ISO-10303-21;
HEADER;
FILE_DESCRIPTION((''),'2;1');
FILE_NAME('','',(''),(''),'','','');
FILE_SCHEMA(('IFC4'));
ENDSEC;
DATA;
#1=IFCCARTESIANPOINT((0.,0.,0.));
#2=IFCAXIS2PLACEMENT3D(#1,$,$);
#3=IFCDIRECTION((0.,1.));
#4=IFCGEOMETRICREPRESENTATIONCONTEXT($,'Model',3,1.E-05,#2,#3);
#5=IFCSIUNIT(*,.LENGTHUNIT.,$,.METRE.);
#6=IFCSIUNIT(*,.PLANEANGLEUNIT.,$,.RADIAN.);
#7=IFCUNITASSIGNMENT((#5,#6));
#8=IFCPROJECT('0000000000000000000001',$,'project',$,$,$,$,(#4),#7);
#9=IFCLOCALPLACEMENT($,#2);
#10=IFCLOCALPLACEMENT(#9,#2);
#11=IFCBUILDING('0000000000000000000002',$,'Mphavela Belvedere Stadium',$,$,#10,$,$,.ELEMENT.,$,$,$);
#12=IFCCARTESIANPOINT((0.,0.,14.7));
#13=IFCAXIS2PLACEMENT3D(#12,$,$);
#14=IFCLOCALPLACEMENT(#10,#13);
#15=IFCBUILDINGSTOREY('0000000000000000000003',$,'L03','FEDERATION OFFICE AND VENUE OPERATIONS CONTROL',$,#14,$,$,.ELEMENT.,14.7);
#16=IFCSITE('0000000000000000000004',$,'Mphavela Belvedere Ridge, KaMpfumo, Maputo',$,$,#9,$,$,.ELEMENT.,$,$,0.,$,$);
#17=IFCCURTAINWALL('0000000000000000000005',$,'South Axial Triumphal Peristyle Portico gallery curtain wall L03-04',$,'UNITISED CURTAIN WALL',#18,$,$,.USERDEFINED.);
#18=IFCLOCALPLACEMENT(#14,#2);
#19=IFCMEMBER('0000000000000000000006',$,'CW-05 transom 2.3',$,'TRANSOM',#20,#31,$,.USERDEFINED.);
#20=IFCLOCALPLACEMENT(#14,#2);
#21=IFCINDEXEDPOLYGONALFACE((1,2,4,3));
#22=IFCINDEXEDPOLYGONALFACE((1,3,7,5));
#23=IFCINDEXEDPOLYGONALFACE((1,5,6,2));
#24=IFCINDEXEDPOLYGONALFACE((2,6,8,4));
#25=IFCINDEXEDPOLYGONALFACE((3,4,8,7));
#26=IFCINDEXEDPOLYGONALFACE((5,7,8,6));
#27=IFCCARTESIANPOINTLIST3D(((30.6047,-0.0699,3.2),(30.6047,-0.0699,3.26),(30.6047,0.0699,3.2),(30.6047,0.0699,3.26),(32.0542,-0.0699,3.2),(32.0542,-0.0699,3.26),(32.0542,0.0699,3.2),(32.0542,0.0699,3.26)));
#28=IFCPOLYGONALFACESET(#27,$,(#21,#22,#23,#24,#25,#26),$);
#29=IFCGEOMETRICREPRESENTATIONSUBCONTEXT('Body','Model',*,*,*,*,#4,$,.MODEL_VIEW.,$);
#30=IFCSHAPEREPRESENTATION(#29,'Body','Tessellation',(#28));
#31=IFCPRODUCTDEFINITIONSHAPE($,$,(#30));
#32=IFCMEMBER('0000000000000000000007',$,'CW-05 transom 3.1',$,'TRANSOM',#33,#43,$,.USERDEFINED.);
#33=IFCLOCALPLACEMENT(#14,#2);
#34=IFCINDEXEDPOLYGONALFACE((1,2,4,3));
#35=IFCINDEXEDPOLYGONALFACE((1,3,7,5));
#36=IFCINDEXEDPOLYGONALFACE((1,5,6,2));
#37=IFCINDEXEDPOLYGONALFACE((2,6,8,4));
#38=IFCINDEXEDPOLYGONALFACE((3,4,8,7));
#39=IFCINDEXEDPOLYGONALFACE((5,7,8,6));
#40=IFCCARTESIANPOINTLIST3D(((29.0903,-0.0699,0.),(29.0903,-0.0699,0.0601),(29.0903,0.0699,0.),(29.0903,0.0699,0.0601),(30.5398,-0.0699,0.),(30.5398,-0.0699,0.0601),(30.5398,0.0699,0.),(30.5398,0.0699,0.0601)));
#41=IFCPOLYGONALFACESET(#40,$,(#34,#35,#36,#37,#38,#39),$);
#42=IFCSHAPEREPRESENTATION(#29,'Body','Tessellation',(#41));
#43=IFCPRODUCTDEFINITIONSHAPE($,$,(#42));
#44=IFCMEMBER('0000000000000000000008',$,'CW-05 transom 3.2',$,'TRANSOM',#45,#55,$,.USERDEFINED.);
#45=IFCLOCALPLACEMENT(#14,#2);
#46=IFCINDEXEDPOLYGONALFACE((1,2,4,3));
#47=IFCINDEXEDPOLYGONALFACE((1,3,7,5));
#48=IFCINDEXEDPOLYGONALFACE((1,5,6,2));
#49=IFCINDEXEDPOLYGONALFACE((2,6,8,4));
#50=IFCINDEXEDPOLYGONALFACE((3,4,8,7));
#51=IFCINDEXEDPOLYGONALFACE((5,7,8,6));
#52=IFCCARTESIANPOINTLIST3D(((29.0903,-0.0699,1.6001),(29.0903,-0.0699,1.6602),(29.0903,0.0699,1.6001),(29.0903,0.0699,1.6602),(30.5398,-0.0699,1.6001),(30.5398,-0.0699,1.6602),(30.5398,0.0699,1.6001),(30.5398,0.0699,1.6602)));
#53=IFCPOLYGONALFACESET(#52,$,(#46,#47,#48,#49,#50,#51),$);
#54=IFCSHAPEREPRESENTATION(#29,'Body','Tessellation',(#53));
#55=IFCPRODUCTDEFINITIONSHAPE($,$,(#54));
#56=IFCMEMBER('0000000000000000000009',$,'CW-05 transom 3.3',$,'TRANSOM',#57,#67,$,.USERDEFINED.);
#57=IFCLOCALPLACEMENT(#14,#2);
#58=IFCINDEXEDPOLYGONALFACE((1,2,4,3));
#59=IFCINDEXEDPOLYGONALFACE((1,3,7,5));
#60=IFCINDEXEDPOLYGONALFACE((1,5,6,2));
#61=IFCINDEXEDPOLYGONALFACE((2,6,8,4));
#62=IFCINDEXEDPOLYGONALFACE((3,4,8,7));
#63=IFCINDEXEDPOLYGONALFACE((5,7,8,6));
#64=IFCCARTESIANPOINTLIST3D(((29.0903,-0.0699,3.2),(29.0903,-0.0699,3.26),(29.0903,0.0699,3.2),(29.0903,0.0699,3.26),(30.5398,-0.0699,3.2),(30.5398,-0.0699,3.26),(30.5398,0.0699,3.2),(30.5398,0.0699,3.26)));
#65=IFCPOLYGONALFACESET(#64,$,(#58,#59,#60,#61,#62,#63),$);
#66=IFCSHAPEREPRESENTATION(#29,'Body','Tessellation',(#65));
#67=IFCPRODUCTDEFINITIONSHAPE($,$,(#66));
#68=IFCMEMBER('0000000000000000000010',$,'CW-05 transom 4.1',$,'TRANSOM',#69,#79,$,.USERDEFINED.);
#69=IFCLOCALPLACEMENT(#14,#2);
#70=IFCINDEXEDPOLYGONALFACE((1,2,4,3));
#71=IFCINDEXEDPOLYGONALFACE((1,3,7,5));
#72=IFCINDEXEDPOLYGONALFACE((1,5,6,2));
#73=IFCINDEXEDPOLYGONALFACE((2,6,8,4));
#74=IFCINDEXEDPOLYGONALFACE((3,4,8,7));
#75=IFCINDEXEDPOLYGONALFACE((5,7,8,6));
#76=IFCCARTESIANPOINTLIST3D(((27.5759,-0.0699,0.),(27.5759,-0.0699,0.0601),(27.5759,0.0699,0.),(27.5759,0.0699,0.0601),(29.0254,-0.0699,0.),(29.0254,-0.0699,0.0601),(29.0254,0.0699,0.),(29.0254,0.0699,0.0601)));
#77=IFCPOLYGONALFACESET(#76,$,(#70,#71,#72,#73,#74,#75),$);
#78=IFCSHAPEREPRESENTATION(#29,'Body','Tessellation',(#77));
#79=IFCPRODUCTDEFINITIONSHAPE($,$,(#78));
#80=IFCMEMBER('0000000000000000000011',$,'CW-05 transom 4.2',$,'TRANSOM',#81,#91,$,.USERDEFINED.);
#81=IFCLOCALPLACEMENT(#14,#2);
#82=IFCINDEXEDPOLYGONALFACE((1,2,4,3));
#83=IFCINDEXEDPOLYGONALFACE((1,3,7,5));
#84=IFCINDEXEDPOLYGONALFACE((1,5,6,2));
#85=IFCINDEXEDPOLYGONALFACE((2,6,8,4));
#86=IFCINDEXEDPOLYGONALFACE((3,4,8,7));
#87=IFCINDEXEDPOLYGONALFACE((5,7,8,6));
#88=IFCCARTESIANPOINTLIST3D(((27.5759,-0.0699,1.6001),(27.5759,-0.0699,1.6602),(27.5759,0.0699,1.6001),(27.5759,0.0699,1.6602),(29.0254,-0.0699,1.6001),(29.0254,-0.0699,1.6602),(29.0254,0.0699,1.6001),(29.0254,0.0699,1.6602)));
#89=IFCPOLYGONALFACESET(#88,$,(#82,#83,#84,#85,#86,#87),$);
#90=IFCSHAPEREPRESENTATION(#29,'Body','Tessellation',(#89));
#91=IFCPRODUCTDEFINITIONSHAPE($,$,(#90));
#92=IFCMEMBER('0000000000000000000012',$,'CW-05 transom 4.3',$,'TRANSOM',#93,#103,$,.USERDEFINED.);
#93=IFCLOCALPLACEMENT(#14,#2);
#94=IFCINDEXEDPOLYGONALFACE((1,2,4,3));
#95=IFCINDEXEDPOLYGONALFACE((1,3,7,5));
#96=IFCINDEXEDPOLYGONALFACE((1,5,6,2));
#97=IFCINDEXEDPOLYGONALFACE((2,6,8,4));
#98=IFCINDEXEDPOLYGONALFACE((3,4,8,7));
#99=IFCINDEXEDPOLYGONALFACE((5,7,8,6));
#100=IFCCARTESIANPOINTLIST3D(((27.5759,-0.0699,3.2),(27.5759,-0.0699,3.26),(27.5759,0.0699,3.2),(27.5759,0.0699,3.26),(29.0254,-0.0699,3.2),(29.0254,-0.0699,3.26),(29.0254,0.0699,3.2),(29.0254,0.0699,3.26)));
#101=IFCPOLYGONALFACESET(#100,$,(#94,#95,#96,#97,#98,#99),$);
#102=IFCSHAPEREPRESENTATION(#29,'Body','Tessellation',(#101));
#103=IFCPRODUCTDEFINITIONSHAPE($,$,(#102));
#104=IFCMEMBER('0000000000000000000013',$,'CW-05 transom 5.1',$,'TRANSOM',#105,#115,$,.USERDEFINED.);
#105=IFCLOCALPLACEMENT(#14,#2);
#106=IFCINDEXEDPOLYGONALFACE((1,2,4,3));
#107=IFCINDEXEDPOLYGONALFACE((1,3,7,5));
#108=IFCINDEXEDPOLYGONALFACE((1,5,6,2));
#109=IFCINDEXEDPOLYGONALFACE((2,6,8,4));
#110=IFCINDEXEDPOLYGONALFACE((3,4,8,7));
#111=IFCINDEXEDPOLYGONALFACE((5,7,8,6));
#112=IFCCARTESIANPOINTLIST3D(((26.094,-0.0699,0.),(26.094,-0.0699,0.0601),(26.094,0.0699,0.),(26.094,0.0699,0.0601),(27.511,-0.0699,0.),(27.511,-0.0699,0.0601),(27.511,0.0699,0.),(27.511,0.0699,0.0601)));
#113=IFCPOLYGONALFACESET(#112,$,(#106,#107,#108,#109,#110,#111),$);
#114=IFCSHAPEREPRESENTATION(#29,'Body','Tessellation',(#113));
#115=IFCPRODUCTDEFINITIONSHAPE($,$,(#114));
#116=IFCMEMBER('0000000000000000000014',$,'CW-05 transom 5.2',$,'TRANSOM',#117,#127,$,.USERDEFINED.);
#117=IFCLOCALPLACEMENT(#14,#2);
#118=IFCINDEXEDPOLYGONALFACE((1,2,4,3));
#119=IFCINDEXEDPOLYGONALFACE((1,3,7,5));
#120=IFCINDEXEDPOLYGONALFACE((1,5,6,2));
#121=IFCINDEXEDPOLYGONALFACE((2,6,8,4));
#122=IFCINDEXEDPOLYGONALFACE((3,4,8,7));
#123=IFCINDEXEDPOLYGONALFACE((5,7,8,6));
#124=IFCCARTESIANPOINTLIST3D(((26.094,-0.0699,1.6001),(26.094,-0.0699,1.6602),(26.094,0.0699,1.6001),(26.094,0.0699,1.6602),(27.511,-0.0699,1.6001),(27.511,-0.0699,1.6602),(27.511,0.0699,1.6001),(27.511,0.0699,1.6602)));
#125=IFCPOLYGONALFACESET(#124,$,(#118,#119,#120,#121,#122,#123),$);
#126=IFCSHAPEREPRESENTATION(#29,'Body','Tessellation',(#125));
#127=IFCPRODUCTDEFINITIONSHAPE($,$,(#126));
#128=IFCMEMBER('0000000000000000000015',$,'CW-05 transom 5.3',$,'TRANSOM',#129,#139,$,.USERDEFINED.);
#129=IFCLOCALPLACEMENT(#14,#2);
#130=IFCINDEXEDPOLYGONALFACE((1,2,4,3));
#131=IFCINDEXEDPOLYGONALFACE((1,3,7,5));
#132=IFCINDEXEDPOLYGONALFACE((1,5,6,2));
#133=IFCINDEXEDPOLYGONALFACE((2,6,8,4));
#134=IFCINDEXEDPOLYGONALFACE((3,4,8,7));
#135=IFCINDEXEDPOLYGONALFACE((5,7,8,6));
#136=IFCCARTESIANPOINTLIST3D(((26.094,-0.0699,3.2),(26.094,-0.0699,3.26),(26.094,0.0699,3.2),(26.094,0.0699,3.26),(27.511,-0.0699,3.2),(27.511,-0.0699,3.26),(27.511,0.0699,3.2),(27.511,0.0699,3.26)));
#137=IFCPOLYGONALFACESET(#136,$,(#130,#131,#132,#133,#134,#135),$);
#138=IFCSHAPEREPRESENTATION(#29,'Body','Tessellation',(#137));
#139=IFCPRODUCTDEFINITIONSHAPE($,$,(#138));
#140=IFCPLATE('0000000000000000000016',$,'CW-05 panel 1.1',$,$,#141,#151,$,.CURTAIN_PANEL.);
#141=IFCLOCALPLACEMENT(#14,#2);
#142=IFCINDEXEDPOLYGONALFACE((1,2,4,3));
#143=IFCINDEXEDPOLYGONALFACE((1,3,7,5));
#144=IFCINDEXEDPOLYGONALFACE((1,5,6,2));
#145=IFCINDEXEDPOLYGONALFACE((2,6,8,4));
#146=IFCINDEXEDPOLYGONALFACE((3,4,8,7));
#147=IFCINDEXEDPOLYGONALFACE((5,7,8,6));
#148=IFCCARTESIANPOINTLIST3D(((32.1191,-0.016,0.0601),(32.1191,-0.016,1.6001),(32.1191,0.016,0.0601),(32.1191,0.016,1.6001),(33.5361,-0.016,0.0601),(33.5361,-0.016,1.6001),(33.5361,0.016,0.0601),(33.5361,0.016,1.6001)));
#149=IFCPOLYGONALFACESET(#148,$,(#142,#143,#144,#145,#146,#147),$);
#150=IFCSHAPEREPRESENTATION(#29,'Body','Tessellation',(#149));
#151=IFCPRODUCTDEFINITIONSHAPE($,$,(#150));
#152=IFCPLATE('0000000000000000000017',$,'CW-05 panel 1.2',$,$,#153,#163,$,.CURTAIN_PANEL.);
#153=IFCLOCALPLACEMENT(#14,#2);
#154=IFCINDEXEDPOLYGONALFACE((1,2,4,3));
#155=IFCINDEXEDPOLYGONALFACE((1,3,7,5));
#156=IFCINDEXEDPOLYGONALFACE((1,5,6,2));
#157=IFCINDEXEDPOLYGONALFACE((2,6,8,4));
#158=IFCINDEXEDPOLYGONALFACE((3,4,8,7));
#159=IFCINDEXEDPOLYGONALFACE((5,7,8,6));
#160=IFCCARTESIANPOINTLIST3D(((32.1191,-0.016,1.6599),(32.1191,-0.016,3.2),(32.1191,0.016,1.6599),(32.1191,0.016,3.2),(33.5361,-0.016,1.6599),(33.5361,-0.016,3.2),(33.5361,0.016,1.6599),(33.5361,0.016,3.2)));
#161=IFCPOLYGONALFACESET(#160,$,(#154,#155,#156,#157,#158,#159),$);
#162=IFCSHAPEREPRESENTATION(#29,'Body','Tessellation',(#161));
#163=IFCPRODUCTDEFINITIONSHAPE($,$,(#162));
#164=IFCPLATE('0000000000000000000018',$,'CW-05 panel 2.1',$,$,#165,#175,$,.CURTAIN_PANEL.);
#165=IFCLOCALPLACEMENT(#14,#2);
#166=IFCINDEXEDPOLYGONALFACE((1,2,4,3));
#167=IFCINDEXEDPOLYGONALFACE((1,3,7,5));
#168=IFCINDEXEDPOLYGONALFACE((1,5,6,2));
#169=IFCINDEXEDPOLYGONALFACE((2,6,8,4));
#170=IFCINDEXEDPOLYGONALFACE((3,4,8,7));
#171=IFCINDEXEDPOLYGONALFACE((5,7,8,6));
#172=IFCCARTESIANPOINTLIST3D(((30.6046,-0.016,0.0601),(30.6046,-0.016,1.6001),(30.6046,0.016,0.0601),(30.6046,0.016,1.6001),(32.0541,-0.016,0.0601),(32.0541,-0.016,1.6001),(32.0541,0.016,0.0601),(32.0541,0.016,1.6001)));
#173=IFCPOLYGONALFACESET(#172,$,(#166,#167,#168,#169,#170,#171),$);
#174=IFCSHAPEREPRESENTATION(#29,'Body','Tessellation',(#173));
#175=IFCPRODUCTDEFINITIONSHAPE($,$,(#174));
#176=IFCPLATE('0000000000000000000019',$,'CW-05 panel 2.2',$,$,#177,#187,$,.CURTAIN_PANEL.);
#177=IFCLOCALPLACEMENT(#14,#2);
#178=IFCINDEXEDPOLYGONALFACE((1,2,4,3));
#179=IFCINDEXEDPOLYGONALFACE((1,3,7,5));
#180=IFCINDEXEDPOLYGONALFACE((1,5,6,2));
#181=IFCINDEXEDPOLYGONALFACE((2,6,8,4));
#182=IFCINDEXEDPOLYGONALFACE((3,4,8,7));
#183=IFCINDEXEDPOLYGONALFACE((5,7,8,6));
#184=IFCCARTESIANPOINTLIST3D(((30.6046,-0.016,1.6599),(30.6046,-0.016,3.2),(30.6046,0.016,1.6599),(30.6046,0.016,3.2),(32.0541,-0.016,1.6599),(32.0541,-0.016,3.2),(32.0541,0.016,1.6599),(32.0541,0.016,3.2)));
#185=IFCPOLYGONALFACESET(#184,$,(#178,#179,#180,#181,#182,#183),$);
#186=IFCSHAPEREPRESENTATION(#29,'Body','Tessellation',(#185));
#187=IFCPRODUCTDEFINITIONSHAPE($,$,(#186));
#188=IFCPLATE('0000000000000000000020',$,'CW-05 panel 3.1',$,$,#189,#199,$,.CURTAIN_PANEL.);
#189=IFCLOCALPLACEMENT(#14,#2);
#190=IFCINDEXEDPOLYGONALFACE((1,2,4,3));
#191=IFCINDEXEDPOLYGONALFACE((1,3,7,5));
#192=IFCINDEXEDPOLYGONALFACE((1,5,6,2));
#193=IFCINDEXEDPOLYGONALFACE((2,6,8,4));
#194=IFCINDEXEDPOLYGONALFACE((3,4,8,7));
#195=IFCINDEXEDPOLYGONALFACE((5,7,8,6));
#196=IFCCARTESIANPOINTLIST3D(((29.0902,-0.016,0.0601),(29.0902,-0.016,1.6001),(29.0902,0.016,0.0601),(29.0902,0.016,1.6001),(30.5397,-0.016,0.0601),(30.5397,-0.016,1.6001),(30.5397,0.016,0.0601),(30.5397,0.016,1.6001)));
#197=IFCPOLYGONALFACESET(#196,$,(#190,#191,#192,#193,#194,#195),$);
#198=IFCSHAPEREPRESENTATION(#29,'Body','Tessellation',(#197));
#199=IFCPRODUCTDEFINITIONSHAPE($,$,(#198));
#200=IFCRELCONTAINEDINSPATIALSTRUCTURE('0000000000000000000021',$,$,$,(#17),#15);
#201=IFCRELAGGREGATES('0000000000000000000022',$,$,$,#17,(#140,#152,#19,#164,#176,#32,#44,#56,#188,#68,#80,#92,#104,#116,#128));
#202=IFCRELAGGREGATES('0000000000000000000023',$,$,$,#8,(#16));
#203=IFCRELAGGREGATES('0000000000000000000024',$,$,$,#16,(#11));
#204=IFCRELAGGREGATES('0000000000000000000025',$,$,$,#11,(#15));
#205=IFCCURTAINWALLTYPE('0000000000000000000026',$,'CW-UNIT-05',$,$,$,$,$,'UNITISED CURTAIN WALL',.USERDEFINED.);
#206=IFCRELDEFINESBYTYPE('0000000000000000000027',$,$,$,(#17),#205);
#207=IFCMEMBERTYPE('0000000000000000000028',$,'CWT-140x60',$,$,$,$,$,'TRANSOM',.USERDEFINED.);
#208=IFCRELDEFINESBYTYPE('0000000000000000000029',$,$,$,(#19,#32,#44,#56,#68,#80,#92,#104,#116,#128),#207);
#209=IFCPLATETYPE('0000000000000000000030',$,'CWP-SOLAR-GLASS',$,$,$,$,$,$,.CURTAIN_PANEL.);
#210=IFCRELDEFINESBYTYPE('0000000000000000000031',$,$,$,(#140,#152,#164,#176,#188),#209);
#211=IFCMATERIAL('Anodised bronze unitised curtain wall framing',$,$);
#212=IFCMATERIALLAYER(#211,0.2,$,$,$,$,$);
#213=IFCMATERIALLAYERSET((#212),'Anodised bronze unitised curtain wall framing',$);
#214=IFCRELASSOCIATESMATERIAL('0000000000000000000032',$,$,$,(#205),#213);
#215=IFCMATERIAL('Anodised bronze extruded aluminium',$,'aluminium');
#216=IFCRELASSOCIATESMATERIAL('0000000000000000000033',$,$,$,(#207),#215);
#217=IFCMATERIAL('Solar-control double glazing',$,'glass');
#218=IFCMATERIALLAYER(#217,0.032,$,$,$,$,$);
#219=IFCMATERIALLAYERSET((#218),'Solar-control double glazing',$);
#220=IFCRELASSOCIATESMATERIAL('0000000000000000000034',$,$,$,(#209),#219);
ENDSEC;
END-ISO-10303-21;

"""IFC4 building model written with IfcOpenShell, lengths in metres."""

from ifc_helpers import new_model, si_unit, direction, frame, origin, origin_2d, place, context, subcontext, project, spatial, rectangle, extrude, material, layer, layer_set, material_profile, profile_set, type_object, element, aggregate, save


model = new_model("IFC4")

# Units and contexts
model_context = context("Model", 3, precision=1e-05, world=origin(), true_north=direction((0.0, 1.0)))
body_context = subcontext(model_context, "Body", "Model", "MODEL_VIEW")
ifc_project = project(units=[si_unit("LENGTHUNIT", "METRE"), si_unit("PLANEANGLEUNIT", "RADIAN")], contexts=[model_context])

# Site, building, storey
site_placement = place(None, origin())
site = spatial("IfcSite", under=ifc_project, at=site_placement, Name="Mphavela Belvedere Ridge, KaMpfumo, Maputo", CompositionType="ELEMENT", RefElevation=0.0)
building_placement = place(site_placement, origin())
building = spatial("IfcBuilding", under=site, at=building_placement, Name="Mphavela Belvedere Stadium", CompositionType="ELEMENT")
storey_placement = place(building_placement, frame((0.0, 0.0, 14.7)))
storey = spatial("IfcBuildingStorey", under=building, at=storey_placement, Name="L03", Description="FEDERATION OFFICE AND VENUE OPERATIONS CONTROL", CompositionType="ELEMENT", Elevation=14.7)

# Curtain wall, members, plates
ifc_material_1 = material(Name="Anodised bronze unitised curtain wall framing")
ifc_layer_1 = layer(ifc_material_1, 0.2)
ifc_layer_set_1 = layer_set([ifc_layer_1], Name="Anodised bronze unitised curtain wall framing")
curtain_wall_type = type_object("IfcCurtainWallType", Name="CW-UNIT-05", ElementType="UNITISED CURTAIN WALL", PredefinedType="USERDEFINED", material=ifc_layer_set_1)
curtain_wall_placement = place(storey_placement, origin())
curtain_wall = element("IfcCurtainWall", 1, at=curtain_wall_placement, inside=storey, type_object=curtain_wall_type, Name="South Axial Triumphal Peristyle Portico gallery curtain wall L03-04", ObjectType="UNITISED CURTAIN WALL", PredefinedType="USERDEFINED")
ifc_material_2 = material(Name="Anodised bronze extruded aluminium", Category="aluminium")
ifc_material_profile_1 = material_profile(ifc_material_2, rectangle(XDim=0.1399, YDim=0.0601, at=origin_2d()), Name="CW-TRN 140x60")
ifc_profile_set_1 = profile_set([ifc_material_profile_1], Name="Anodised bronze extruded aluminium")
member_type_1 = type_object("IfcMemberType", Name="CWT-140x60", ElementType="TRANSOM", PredefinedType="USERDEFINED", material=ifc_profile_set_1)
member_1_placement = place(storey_placement, frame((32.0542, 0.0, 3.23), z_axis=(-1.0, 0.0, 0.0), x_axis=(0.0, -1.0, 0.0)))
member_1 = element("IfcMember", 2, at=member_1_placement, type_object=member_type_1, Name="CW-05 transom 2.3", ObjectType="TRANSOM", PredefinedType="USERDEFINED", context=body_context, shape_type="SweptSolid", body=[
    extrude(rectangle(XDim=0.1399, YDim=0.0601, at=origin_2d()), origin(), (0.0, 0.0, 1.0), 1.4495),
])
member_2_placement = place(storey_placement, frame((30.5398, 0.0, 0.03), z_axis=(-1.0, 0.0, 0.0), x_axis=(0.0, -1.0, 0.0)))
member_2 = element("IfcMember", 3, at=member_2_placement, type_object=member_type_1, Name="CW-05 transom 3.1", ObjectType="TRANSOM", PredefinedType="USERDEFINED", context=body_context, shape_type="SweptSolid", body=[
    extrude(rectangle(XDim=0.1399, YDim=0.0601, at=origin_2d()), origin(), (0.0, 0.0, 1.0), 1.4495),
])
member_3_placement = place(storey_placement, frame((30.5398, 0.0, 1.6301), z_axis=(-1.0, 0.0, 0.0), x_axis=(0.0, -1.0, 0.0)))
member_3 = element("IfcMember", 4, at=member_3_placement, type_object=member_type_1, Name="CW-05 transom 3.2", ObjectType="TRANSOM", PredefinedType="USERDEFINED", context=body_context, shape_type="SweptSolid", body=[
    extrude(rectangle(XDim=0.1399, YDim=0.0601, at=origin_2d()), origin(), (0.0, 0.0, 1.0), 1.4495),
])
member_4_placement = place(storey_placement, frame((30.5398, 0.0, 3.23), z_axis=(-1.0, 0.0, 0.0), x_axis=(0.0, -1.0, 0.0)))
member_4 = element("IfcMember", 5, at=member_4_placement, type_object=member_type_1, Name="CW-05 transom 3.3", ObjectType="TRANSOM", PredefinedType="USERDEFINED", context=body_context, shape_type="SweptSolid", body=[
    extrude(rectangle(XDim=0.1399, YDim=0.0601, at=origin_2d()), origin(), (0.0, 0.0, 1.0), 1.4495),
])
member_5_placement = place(storey_placement, frame((29.0254, 0.0, 0.03), z_axis=(-1.0, 0.0, 0.0), x_axis=(0.0, -1.0, 0.0)))
member_5 = element("IfcMember", 6, at=member_5_placement, type_object=member_type_1, Name="CW-05 transom 4.1", ObjectType="TRANSOM", PredefinedType="USERDEFINED", context=body_context, shape_type="SweptSolid", body=[
    extrude(rectangle(XDim=0.1399, YDim=0.0601, at=origin_2d()), origin(), (0.0, 0.0, 1.0), 1.4495),
])
member_6_placement = place(storey_placement, frame((29.0254, 0.0, 1.6301), z_axis=(-1.0, 0.0, 0.0), x_axis=(0.0, -1.0, 0.0)))
member_6 = element("IfcMember", 7, at=member_6_placement, type_object=member_type_1, Name="CW-05 transom 4.2", ObjectType="TRANSOM", PredefinedType="USERDEFINED", context=body_context, shape_type="SweptSolid", body=[
    extrude(rectangle(XDim=0.1399, YDim=0.0601, at=origin_2d()), origin(), (0.0, 0.0, 1.0), 1.4495),
])
member_7_placement = place(storey_placement, frame((29.0254, 0.0, 3.23), z_axis=(-1.0, 0.0, 0.0), x_axis=(0.0, -1.0, 0.0)))
member_7 = element("IfcMember", 8, at=member_7_placement, type_object=member_type_1, Name="CW-05 transom 4.3", ObjectType="TRANSOM", PredefinedType="USERDEFINED", context=body_context, shape_type="SweptSolid", body=[
    extrude(rectangle(XDim=0.1399, YDim=0.0601, at=origin_2d()), origin(), (0.0, 0.0, 1.0), 1.4495),
])
member_8_placement = place(storey_placement, frame((27.511, 0.0, 0.03), z_axis=(-1.0, 0.0, 0.0), x_axis=(0.0, -1.0, 0.0)))
member_8 = element("IfcMember", 9, at=member_8_placement, type_object=member_type_1, Name="CW-05 transom 5.1", ObjectType="TRANSOM", PredefinedType="USERDEFINED", context=body_context, shape_type="SweptSolid", body=[
    extrude(rectangle(XDim=0.1399, YDim=0.0601, at=origin_2d()), origin(), (0.0, 0.0, 1.0), 1.417),
])
member_9_placement = place(storey_placement, frame((27.511, 0.0, 1.6301), z_axis=(-1.0, 0.0, 0.0), x_axis=(0.0, -1.0, 0.0)))
member_9 = element("IfcMember", 10, at=member_9_placement, type_object=member_type_1, Name="CW-05 transom 5.2", ObjectType="TRANSOM", PredefinedType="USERDEFINED", context=body_context, shape_type="SweptSolid", body=[
    extrude(rectangle(XDim=0.1399, YDim=0.0601, at=origin_2d()), origin(), (0.0, 0.0, 1.0), 1.417),
])
member_10_placement = place(storey_placement, frame((27.511, 0.0, 3.23), z_axis=(-1.0, 0.0, 0.0), x_axis=(0.0, -1.0, 0.0)))
member_10 = element("IfcMember", 11, at=member_10_placement, type_object=member_type_1, Name="CW-05 transom 5.3", ObjectType="TRANSOM", PredefinedType="USERDEFINED", context=body_context, shape_type="SweptSolid", body=[
    extrude(rectangle(XDim=0.1399, YDim=0.0601, at=origin_2d()), origin(), (0.0, 0.0, 1.0), 1.417),
])
ifc_material_3 = material(Name="Solar-control double glazing", Category="glass")
ifc_layer_2 = layer(ifc_material_3, 0.032)
ifc_layer_set_2 = layer_set([ifc_layer_2], Name="Solar-control double glazing")
plate_type = type_object("IfcPlateType", Name="CWP-SOLAR-GLASS", PredefinedType="CURTAIN_PANEL", material=ifc_layer_set_2)
plate_1_placement = place(storey_placement, frame((32.8276, 0.0, 0.0601), z_axis=(0.0, 0.0, 1.0), x_axis=(-1.0, 0.0, 0.0)))
plate_1 = element("IfcPlate", 12, at=plate_1_placement, type_object=plate_type, Name="CW-05 panel 1.1", PredefinedType="CURTAIN_PANEL", context=body_context, shape_type="SweptSolid", body=[
    extrude(rectangle(XDim=1.417, YDim=0.032, at=origin_2d()), origin(), (0.0, 0.0, 1.0), 1.54),
])
plate_2_placement = place(storey_placement, frame((32.8276, 0.0, 1.6599), z_axis=(0.0, 0.0, 1.0), x_axis=(-1.0, 0.0, 0.0)))
plate_2 = element("IfcPlate", 13, at=plate_2_placement, type_object=plate_type, Name="CW-05 panel 1.2", PredefinedType="CURTAIN_PANEL", context=body_context, shape_type="SweptSolid", body=[
    extrude(rectangle(XDim=1.417, YDim=0.032, at=origin_2d()), origin(), (0.0, 0.0, 1.0), 1.54),
])
plate_3_placement = place(storey_placement, frame((31.3293, 0.0, 0.0601), z_axis=(0.0, 0.0, 1.0), x_axis=(-1.0, 0.0, 0.0)))
plate_3 = element("IfcPlate", 14, at=plate_3_placement, type_object=plate_type, Name="CW-05 panel 2.1", PredefinedType="CURTAIN_PANEL", context=body_context, shape_type="SweptSolid", body=[
    extrude(rectangle(XDim=1.4495, YDim=0.032, at=origin_2d()), origin(), (0.0, 0.0, 1.0), 1.54),
])
plate_4_placement = place(storey_placement, frame((31.3293, 0.0, 1.6599), z_axis=(0.0, 0.0, 1.0), x_axis=(-1.0, 0.0, 0.0)))
plate_4 = element("IfcPlate", 15, at=plate_4_placement, type_object=plate_type, Name="CW-05 panel 2.2", PredefinedType="CURTAIN_PANEL", context=body_context, shape_type="SweptSolid", body=[
    extrude(rectangle(XDim=1.4495, YDim=0.032, at=origin_2d()), origin(), (0.0, 0.0, 1.0), 1.54),
])
plate_5_placement = place(storey_placement, frame((29.8149, 0.0, 0.0601), z_axis=(0.0, 0.0, 1.0), x_axis=(-1.0, 0.0, 0.0)))
plate_5 = element("IfcPlate", 16, at=plate_5_placement, type_object=plate_type, Name="CW-05 panel 3.1", PredefinedType="CURTAIN_PANEL", context=body_context, shape_type="SweptSolid", body=[
    extrude(rectangle(XDim=1.4495, YDim=0.032, at=origin_2d()), origin(), (0.0, 0.0, 1.0), 1.54),
])
aggregate(curtain_wall, [plate_1, plate_2, member_1, plate_3, plate_4, member_2, member_3, member_4, plate_5, member_5, member_6, member_7, member_8, member_9, member_10])

save(model, "model.ifc")
